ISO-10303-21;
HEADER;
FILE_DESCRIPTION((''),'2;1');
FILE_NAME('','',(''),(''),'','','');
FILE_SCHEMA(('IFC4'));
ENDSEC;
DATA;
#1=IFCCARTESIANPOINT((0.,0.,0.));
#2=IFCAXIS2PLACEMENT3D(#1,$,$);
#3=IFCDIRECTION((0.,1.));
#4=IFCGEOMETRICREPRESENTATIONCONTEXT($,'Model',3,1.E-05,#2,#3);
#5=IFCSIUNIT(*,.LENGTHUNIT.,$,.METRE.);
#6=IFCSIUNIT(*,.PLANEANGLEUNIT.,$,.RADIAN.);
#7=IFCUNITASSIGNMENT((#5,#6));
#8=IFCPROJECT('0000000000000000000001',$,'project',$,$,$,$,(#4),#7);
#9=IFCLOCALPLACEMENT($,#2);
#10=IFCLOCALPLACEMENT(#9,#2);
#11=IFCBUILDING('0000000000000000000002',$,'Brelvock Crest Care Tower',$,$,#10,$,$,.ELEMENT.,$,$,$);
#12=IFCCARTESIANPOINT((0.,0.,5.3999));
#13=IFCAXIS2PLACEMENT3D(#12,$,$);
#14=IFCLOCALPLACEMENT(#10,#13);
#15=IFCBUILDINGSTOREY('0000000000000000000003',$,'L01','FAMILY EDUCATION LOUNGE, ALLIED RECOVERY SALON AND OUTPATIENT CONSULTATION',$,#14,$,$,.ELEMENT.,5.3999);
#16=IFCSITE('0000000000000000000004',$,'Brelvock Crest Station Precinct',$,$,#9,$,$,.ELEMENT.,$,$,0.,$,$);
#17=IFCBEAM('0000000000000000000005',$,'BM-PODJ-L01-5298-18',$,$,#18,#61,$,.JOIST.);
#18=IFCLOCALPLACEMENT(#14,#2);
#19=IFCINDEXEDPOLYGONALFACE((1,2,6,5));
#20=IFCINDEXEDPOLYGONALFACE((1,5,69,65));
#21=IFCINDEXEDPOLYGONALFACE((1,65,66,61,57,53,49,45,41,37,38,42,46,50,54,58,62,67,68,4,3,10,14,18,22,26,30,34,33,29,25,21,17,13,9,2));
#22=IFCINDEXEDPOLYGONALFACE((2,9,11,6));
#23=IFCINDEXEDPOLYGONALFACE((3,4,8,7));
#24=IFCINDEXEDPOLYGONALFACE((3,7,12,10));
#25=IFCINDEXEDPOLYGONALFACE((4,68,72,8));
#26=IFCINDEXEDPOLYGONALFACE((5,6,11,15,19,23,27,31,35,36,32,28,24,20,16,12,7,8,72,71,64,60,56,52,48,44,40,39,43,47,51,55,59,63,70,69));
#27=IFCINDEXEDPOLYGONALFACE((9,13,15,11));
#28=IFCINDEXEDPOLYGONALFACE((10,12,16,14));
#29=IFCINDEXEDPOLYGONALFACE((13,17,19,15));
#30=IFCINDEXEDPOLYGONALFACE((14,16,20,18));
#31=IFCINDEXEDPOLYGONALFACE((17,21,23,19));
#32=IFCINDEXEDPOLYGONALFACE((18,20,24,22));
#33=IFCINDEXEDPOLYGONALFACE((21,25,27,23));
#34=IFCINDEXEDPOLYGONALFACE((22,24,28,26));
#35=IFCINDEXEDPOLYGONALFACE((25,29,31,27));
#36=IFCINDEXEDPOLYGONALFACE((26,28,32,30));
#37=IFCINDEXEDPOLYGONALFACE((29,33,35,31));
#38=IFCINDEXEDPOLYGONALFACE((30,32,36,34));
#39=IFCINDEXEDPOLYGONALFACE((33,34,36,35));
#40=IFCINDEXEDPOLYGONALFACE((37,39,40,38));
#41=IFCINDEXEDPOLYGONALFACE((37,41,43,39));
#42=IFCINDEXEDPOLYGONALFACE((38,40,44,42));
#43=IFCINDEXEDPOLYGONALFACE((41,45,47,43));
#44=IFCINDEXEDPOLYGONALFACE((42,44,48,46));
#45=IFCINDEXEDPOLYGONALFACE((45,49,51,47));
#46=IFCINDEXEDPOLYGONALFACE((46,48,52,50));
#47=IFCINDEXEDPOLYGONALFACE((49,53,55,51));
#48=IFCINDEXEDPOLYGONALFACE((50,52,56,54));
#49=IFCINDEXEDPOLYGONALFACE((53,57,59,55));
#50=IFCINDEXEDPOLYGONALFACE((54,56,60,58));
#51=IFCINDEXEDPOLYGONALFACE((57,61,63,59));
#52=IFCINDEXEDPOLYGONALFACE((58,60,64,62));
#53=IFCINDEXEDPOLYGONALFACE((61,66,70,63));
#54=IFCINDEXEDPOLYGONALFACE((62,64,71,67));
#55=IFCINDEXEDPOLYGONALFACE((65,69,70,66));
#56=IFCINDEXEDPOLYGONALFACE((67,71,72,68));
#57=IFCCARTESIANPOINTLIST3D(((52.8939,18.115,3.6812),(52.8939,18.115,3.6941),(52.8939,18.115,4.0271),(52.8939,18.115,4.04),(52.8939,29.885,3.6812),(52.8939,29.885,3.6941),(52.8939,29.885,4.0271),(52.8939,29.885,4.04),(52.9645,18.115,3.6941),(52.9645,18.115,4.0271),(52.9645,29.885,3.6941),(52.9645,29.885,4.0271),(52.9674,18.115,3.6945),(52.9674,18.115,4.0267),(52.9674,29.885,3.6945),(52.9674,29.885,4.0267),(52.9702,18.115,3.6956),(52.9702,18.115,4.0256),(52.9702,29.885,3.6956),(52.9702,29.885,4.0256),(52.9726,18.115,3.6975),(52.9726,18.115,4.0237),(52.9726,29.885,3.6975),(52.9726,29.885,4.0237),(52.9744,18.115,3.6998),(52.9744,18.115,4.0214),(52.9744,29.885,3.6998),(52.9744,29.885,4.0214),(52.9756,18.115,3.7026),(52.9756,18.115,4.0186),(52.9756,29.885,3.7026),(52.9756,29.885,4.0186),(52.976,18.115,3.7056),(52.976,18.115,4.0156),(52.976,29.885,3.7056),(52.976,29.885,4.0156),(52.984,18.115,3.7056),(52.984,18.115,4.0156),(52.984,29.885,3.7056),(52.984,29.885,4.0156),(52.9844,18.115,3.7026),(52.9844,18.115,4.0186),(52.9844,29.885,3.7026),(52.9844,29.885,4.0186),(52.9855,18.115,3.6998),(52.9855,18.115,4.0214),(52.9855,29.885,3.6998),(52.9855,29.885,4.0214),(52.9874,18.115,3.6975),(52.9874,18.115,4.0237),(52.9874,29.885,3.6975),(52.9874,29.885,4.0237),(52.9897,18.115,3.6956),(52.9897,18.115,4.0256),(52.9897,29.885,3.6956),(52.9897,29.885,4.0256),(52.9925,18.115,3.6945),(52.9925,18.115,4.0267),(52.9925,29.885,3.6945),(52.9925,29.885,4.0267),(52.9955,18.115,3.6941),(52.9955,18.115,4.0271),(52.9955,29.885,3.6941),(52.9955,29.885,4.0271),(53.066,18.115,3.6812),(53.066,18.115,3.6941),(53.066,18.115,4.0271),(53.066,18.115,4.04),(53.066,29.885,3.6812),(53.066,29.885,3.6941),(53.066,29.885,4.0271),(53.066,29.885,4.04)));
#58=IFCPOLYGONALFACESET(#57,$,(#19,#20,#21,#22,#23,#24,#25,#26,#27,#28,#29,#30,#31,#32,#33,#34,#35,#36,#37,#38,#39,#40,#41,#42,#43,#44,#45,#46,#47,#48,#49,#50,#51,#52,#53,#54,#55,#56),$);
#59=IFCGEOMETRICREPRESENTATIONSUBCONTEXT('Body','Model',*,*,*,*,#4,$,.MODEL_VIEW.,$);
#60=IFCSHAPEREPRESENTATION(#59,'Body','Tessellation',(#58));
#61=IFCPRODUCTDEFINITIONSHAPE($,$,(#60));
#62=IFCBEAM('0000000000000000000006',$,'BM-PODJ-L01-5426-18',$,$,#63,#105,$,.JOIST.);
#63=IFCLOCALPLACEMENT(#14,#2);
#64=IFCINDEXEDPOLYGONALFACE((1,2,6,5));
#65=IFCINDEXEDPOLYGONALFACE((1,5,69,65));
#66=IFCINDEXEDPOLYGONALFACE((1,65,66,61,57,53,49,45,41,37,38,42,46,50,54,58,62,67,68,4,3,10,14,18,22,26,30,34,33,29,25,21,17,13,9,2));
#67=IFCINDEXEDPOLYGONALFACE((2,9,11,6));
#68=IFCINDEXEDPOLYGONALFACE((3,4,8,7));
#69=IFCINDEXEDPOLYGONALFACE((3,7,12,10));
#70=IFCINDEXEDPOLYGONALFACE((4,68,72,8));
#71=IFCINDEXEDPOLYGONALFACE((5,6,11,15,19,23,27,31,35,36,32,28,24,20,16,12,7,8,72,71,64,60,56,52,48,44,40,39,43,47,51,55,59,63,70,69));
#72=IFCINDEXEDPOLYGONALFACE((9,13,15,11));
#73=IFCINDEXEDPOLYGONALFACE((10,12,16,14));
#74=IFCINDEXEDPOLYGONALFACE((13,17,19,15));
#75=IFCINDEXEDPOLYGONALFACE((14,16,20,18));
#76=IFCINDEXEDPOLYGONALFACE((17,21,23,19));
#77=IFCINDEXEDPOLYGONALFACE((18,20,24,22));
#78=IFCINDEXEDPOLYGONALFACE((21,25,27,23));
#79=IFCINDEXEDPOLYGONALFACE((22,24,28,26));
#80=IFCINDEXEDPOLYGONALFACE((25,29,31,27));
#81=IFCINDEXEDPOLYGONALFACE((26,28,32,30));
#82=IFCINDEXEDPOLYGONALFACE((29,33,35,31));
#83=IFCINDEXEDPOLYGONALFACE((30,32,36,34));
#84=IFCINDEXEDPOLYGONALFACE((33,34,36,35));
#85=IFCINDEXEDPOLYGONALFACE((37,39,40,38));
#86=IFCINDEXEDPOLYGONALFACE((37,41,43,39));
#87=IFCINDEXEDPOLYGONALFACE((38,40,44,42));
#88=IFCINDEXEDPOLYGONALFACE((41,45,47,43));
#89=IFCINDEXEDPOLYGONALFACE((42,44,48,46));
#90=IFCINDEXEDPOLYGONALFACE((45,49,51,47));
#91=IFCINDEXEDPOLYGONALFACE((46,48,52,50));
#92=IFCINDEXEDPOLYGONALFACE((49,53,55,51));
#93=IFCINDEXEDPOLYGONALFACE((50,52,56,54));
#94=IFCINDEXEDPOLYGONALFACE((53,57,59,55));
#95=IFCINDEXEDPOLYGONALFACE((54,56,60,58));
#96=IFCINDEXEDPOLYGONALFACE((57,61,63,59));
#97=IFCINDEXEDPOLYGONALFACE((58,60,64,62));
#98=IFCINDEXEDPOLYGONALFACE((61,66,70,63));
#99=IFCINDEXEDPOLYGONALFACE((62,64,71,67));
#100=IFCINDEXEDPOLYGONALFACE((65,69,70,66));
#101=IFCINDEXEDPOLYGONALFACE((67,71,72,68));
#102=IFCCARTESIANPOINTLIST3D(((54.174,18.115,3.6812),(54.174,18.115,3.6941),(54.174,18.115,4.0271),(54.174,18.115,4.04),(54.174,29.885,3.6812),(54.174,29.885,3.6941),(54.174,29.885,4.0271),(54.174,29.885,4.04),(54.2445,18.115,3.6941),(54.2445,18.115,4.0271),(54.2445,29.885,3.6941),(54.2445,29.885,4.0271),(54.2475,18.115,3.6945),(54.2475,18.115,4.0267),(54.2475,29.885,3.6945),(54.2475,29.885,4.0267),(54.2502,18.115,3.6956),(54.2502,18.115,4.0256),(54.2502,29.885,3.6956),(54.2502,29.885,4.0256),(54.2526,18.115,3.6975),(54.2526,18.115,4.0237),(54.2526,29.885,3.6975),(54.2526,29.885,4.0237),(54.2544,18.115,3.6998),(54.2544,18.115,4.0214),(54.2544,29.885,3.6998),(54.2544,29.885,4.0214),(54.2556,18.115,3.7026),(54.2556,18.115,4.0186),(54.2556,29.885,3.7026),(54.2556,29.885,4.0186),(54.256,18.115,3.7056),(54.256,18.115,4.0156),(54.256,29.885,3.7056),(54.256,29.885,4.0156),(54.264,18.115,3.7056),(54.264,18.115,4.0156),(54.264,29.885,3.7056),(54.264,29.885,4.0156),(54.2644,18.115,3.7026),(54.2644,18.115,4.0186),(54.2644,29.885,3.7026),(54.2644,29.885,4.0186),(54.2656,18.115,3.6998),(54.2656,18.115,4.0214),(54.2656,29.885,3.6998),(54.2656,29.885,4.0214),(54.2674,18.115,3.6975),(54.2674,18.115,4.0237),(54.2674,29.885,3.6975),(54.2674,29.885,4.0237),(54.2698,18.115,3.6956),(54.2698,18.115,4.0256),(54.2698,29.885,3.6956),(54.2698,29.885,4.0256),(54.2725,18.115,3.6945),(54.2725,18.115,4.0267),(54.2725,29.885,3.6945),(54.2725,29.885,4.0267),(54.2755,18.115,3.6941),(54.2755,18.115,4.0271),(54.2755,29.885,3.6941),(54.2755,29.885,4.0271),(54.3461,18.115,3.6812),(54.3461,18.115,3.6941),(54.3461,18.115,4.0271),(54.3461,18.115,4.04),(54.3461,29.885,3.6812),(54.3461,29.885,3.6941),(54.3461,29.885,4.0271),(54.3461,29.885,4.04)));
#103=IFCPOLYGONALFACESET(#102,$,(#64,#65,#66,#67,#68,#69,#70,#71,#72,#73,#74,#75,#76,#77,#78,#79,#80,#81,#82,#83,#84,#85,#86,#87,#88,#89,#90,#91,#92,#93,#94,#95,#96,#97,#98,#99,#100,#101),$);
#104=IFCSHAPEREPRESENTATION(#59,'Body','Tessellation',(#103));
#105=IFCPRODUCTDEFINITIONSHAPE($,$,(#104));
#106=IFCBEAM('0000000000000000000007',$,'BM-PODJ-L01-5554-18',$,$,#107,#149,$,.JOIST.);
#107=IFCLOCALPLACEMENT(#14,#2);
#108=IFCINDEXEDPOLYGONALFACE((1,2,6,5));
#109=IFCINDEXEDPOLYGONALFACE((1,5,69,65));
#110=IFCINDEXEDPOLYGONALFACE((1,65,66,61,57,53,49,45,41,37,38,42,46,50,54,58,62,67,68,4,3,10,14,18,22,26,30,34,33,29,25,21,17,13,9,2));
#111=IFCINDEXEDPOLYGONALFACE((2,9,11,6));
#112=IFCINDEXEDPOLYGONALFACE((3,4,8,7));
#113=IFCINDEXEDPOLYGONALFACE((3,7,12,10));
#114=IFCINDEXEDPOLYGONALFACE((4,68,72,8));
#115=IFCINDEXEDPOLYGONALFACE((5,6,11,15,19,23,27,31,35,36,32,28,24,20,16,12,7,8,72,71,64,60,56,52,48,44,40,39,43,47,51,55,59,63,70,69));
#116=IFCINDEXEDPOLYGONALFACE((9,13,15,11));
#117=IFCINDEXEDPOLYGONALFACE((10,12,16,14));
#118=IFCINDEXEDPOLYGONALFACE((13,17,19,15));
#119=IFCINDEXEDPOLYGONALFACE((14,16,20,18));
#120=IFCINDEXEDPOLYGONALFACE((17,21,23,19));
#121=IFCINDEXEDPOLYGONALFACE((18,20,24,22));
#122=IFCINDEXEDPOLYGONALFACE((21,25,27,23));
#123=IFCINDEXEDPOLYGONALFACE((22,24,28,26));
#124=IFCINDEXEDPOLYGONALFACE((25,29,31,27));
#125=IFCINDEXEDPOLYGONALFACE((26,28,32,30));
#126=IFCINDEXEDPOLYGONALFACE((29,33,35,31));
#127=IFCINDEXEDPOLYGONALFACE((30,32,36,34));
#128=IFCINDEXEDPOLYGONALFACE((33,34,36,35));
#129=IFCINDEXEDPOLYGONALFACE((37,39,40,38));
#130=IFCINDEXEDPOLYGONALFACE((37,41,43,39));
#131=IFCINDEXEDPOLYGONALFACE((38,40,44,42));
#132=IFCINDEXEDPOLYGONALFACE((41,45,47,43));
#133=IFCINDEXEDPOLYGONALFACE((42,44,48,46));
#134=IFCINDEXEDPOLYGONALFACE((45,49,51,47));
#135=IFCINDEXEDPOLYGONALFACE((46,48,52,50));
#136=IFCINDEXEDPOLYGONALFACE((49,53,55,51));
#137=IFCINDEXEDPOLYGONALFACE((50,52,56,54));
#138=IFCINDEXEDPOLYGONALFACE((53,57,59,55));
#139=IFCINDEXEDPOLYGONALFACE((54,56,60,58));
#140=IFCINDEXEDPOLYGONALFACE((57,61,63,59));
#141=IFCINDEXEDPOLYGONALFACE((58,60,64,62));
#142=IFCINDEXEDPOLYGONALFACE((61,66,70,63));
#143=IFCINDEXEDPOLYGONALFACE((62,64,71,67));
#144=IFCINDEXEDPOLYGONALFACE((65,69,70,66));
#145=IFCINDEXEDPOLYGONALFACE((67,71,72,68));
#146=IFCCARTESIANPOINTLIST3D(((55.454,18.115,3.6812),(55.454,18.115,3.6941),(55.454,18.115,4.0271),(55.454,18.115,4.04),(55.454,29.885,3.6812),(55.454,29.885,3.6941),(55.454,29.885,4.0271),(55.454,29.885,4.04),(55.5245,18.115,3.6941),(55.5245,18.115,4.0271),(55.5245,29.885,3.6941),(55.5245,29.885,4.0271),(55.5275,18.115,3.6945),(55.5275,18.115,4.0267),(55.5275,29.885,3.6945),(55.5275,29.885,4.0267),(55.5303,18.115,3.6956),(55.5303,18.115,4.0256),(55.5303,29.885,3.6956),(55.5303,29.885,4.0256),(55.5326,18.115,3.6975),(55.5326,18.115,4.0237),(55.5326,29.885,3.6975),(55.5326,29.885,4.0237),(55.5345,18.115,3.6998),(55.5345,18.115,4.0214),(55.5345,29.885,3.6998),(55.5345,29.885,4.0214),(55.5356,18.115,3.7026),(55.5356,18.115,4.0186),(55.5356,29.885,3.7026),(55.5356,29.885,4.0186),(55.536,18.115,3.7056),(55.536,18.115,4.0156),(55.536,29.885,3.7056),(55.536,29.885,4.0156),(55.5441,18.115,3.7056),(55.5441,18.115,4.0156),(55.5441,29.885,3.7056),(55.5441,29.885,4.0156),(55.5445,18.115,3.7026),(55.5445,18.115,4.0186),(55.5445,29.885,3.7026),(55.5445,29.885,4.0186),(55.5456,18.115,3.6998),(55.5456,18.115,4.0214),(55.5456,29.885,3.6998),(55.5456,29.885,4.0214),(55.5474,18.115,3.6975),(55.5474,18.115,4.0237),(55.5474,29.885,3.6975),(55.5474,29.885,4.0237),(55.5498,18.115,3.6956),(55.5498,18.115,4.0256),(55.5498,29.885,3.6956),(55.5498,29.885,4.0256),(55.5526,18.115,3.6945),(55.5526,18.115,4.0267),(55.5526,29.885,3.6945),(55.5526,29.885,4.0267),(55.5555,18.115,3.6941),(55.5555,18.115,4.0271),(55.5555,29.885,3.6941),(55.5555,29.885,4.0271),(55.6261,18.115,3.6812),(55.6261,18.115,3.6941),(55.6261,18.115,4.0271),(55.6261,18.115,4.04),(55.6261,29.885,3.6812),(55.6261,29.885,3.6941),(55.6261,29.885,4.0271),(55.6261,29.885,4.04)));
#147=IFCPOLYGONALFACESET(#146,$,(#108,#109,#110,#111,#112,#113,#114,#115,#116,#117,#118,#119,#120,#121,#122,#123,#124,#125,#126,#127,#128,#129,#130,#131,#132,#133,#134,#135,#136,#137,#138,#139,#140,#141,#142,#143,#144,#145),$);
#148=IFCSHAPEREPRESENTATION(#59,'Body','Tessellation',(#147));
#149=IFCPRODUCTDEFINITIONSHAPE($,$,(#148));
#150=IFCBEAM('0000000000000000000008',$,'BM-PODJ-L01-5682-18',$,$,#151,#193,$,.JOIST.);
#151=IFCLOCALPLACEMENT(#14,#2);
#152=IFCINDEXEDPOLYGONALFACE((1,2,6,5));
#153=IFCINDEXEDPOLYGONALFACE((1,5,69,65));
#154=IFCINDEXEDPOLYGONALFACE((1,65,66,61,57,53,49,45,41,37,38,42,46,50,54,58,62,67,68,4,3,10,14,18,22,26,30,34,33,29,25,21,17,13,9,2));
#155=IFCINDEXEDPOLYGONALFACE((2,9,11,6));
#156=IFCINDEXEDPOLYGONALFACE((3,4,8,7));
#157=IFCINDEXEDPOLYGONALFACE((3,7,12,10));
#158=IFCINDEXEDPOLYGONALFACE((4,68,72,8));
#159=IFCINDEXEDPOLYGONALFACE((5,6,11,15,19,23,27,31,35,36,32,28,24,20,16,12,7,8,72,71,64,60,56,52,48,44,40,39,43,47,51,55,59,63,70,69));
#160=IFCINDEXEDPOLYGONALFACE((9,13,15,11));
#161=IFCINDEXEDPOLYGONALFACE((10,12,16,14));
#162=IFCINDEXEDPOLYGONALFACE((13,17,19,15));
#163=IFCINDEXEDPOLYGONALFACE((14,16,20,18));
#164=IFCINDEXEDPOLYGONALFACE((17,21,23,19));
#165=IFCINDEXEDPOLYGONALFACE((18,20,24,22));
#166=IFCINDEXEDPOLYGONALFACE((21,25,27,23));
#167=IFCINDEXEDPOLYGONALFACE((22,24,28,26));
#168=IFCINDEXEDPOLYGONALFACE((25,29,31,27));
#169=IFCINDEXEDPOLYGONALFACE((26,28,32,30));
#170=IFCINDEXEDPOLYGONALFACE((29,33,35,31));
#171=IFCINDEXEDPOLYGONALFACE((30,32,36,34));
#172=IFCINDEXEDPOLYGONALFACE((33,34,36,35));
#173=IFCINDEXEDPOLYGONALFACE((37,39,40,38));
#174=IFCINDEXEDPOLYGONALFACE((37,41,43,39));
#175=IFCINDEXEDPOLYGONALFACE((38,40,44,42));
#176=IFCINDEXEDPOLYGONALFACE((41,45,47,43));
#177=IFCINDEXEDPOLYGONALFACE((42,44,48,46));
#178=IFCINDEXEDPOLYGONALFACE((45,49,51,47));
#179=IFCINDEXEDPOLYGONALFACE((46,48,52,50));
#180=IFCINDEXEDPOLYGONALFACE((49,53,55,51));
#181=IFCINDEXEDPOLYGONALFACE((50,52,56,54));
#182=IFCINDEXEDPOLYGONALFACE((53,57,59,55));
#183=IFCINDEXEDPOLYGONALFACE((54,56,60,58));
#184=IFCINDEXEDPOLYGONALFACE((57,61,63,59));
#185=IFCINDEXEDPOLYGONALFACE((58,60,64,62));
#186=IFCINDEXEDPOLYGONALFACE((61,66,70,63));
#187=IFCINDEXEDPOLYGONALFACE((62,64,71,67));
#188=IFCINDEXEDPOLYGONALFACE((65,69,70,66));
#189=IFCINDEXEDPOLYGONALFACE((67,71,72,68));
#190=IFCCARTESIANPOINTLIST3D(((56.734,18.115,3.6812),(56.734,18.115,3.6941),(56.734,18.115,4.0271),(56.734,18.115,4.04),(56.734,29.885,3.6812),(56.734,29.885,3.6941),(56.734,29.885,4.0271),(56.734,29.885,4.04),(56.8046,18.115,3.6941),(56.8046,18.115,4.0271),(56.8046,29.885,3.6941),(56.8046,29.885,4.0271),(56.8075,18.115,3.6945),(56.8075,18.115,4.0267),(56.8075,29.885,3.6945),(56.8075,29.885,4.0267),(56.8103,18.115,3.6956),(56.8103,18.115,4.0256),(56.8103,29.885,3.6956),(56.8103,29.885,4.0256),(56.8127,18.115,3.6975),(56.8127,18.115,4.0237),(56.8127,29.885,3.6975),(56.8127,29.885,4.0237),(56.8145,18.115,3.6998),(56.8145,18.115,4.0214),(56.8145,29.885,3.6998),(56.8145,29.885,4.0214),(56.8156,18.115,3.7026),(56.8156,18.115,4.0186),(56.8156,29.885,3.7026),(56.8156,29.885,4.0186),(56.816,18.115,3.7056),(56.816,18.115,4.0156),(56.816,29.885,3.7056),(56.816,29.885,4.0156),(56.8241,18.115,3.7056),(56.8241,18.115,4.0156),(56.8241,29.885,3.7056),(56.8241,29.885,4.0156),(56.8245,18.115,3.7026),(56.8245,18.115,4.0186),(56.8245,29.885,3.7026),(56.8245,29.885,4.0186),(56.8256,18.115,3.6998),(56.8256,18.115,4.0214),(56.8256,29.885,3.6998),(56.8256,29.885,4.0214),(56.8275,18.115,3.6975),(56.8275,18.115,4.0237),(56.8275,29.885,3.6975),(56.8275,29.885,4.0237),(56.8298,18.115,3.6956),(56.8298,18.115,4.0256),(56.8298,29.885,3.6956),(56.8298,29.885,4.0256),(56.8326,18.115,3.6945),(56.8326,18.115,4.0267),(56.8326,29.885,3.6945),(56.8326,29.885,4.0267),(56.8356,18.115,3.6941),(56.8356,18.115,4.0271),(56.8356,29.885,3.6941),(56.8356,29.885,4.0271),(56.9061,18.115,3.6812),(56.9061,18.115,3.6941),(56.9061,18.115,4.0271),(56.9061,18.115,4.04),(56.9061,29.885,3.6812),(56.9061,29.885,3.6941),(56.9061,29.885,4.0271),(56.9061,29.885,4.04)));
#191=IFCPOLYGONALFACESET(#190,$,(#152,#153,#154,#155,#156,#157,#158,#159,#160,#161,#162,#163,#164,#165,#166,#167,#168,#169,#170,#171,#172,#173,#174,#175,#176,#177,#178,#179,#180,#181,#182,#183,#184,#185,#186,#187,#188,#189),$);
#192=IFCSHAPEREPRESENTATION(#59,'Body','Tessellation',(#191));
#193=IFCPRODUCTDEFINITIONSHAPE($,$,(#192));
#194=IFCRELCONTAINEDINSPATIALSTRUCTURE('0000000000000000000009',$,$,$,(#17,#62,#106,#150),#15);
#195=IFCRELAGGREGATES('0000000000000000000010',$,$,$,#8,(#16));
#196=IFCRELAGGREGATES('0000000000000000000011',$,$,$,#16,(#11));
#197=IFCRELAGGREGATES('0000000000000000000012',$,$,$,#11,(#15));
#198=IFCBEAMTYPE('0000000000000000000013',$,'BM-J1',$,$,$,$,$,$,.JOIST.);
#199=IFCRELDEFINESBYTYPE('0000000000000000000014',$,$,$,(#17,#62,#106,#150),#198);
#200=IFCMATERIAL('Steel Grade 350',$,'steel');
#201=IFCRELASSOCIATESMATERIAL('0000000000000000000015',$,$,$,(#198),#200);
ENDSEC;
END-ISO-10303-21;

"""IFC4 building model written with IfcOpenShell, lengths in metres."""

from ifc_helpers import new_model, si_unit, direction, frame, origin, origin_2d, place, context, subcontext, project, spatial, i_section, extrude, source, transform, mapped, material, material_profile, profile_set, type_object, element, save


model = new_model("IFC4")

# Units and contexts
model_context = context("Model", 3, precision=1e-05, world=origin(), true_north=direction((0.0, 1.0)))
body_context = subcontext(model_context, "Body", "Model", "MODEL_VIEW")
ifc_project = project(units=[si_unit("LENGTHUNIT", "METRE"), si_unit("PLANEANGLEUNIT", "RADIAN")], contexts=[model_context])

# Site, building, storey
site_placement = place(None, origin())
site = spatial("IfcSite", under=ifc_project, at=site_placement, Name="Brelvock Crest Station Precinct", CompositionType="ELEMENT", RefElevation=0.0)
building_placement = place(site_placement, origin())
building = spatial("IfcBuilding", under=site, at=building_placement, Name="Brelvock Crest Care Tower", CompositionType="ELEMENT")
storey_placement = place(building_placement, frame((0.0, 0.0, 5.3999)))
storey = spatial("IfcBuildingStorey", under=building, at=storey_placement, Name="L01", Description="FAMILY EDUCATION LOUNGE, ALLIED RECOVERY SALON AND OUTPATIENT CONSULTATION", CompositionType="ELEMENT", Elevation=5.3999)

# Shared definitions
ifc_material_1 = material(Name="Steel Grade 350", Category="steel")

# Beams
ifc_material_profile_1 = material_profile(ifc_material_1, i_section(OverallWidth=0.1721, OverallDepth=0.3589, WebThickness=0.0081, FlangeThickness=0.0129, FilletRadius=0.0115, at=origin_2d()), Name="360UB56.7")
ifc_profile_set_1 = profile_set([ifc_material_profile_1], Name="Steel Grade 350")
beam_type_1 = type_object("IfcBeamType", Name="BM-J1", PredefinedType="JOIST", material=ifc_profile_set_1)
shared_shape_1 = source(origin(), body_context, "Body", "SweptSolid", [
    extrude(i_section(OverallWidth=0.1721, OverallDepth=0.3589, WebThickness=0.0081, FlangeThickness=0.0129, FilletRadius=0.0115, at=origin_2d()), origin(), (0.0, 0.0, 1.0), 11.77),
])
for number, where, z_axis, x_axis, name in (
    (1, (52.98, 18.115, 3.8606), (0.0, 1.0, 0.0), (-1.0, 0.0, 0.0), "BM-PODJ-L01-5298-18"),
    (2, (54.26, 18.115, 3.8606), (0.0, 1.0, 0.0), (-1.0, 0.0, 0.0), "BM-PODJ-L01-5426-18"),
    (3, (55.54, 18.115, 3.8606), (0.0, 1.0, 0.0), (-1.0, 0.0, 0.0), "BM-PODJ-L01-5554-18"),
    (4, (56.8201, 18.115, 3.8606), (0.0, 1.0, 0.0), (-1.0, 0.0, 0.0), "BM-PODJ-L01-5682-18"),
):
    element("IfcBeam", number, at=place(storey_placement, frame(where, z_axis=z_axis, x_axis=x_axis)), inside=storey, type_object=beam_type_1, Name=name, PredefinedType="JOIST", context=body_context, shape_type="MappedRepresentation", body=[
        mapped(shared_shape_1, transform((0.0, 0.0, 0.0), x_axis=(1.0, 0.0, 0.0), y_axis=(0.0, 1.0, 0.0), z_axis=(0.0, 0.0, 1.0), scale=1.0)),
    ])

save(model, "model.ifc")
